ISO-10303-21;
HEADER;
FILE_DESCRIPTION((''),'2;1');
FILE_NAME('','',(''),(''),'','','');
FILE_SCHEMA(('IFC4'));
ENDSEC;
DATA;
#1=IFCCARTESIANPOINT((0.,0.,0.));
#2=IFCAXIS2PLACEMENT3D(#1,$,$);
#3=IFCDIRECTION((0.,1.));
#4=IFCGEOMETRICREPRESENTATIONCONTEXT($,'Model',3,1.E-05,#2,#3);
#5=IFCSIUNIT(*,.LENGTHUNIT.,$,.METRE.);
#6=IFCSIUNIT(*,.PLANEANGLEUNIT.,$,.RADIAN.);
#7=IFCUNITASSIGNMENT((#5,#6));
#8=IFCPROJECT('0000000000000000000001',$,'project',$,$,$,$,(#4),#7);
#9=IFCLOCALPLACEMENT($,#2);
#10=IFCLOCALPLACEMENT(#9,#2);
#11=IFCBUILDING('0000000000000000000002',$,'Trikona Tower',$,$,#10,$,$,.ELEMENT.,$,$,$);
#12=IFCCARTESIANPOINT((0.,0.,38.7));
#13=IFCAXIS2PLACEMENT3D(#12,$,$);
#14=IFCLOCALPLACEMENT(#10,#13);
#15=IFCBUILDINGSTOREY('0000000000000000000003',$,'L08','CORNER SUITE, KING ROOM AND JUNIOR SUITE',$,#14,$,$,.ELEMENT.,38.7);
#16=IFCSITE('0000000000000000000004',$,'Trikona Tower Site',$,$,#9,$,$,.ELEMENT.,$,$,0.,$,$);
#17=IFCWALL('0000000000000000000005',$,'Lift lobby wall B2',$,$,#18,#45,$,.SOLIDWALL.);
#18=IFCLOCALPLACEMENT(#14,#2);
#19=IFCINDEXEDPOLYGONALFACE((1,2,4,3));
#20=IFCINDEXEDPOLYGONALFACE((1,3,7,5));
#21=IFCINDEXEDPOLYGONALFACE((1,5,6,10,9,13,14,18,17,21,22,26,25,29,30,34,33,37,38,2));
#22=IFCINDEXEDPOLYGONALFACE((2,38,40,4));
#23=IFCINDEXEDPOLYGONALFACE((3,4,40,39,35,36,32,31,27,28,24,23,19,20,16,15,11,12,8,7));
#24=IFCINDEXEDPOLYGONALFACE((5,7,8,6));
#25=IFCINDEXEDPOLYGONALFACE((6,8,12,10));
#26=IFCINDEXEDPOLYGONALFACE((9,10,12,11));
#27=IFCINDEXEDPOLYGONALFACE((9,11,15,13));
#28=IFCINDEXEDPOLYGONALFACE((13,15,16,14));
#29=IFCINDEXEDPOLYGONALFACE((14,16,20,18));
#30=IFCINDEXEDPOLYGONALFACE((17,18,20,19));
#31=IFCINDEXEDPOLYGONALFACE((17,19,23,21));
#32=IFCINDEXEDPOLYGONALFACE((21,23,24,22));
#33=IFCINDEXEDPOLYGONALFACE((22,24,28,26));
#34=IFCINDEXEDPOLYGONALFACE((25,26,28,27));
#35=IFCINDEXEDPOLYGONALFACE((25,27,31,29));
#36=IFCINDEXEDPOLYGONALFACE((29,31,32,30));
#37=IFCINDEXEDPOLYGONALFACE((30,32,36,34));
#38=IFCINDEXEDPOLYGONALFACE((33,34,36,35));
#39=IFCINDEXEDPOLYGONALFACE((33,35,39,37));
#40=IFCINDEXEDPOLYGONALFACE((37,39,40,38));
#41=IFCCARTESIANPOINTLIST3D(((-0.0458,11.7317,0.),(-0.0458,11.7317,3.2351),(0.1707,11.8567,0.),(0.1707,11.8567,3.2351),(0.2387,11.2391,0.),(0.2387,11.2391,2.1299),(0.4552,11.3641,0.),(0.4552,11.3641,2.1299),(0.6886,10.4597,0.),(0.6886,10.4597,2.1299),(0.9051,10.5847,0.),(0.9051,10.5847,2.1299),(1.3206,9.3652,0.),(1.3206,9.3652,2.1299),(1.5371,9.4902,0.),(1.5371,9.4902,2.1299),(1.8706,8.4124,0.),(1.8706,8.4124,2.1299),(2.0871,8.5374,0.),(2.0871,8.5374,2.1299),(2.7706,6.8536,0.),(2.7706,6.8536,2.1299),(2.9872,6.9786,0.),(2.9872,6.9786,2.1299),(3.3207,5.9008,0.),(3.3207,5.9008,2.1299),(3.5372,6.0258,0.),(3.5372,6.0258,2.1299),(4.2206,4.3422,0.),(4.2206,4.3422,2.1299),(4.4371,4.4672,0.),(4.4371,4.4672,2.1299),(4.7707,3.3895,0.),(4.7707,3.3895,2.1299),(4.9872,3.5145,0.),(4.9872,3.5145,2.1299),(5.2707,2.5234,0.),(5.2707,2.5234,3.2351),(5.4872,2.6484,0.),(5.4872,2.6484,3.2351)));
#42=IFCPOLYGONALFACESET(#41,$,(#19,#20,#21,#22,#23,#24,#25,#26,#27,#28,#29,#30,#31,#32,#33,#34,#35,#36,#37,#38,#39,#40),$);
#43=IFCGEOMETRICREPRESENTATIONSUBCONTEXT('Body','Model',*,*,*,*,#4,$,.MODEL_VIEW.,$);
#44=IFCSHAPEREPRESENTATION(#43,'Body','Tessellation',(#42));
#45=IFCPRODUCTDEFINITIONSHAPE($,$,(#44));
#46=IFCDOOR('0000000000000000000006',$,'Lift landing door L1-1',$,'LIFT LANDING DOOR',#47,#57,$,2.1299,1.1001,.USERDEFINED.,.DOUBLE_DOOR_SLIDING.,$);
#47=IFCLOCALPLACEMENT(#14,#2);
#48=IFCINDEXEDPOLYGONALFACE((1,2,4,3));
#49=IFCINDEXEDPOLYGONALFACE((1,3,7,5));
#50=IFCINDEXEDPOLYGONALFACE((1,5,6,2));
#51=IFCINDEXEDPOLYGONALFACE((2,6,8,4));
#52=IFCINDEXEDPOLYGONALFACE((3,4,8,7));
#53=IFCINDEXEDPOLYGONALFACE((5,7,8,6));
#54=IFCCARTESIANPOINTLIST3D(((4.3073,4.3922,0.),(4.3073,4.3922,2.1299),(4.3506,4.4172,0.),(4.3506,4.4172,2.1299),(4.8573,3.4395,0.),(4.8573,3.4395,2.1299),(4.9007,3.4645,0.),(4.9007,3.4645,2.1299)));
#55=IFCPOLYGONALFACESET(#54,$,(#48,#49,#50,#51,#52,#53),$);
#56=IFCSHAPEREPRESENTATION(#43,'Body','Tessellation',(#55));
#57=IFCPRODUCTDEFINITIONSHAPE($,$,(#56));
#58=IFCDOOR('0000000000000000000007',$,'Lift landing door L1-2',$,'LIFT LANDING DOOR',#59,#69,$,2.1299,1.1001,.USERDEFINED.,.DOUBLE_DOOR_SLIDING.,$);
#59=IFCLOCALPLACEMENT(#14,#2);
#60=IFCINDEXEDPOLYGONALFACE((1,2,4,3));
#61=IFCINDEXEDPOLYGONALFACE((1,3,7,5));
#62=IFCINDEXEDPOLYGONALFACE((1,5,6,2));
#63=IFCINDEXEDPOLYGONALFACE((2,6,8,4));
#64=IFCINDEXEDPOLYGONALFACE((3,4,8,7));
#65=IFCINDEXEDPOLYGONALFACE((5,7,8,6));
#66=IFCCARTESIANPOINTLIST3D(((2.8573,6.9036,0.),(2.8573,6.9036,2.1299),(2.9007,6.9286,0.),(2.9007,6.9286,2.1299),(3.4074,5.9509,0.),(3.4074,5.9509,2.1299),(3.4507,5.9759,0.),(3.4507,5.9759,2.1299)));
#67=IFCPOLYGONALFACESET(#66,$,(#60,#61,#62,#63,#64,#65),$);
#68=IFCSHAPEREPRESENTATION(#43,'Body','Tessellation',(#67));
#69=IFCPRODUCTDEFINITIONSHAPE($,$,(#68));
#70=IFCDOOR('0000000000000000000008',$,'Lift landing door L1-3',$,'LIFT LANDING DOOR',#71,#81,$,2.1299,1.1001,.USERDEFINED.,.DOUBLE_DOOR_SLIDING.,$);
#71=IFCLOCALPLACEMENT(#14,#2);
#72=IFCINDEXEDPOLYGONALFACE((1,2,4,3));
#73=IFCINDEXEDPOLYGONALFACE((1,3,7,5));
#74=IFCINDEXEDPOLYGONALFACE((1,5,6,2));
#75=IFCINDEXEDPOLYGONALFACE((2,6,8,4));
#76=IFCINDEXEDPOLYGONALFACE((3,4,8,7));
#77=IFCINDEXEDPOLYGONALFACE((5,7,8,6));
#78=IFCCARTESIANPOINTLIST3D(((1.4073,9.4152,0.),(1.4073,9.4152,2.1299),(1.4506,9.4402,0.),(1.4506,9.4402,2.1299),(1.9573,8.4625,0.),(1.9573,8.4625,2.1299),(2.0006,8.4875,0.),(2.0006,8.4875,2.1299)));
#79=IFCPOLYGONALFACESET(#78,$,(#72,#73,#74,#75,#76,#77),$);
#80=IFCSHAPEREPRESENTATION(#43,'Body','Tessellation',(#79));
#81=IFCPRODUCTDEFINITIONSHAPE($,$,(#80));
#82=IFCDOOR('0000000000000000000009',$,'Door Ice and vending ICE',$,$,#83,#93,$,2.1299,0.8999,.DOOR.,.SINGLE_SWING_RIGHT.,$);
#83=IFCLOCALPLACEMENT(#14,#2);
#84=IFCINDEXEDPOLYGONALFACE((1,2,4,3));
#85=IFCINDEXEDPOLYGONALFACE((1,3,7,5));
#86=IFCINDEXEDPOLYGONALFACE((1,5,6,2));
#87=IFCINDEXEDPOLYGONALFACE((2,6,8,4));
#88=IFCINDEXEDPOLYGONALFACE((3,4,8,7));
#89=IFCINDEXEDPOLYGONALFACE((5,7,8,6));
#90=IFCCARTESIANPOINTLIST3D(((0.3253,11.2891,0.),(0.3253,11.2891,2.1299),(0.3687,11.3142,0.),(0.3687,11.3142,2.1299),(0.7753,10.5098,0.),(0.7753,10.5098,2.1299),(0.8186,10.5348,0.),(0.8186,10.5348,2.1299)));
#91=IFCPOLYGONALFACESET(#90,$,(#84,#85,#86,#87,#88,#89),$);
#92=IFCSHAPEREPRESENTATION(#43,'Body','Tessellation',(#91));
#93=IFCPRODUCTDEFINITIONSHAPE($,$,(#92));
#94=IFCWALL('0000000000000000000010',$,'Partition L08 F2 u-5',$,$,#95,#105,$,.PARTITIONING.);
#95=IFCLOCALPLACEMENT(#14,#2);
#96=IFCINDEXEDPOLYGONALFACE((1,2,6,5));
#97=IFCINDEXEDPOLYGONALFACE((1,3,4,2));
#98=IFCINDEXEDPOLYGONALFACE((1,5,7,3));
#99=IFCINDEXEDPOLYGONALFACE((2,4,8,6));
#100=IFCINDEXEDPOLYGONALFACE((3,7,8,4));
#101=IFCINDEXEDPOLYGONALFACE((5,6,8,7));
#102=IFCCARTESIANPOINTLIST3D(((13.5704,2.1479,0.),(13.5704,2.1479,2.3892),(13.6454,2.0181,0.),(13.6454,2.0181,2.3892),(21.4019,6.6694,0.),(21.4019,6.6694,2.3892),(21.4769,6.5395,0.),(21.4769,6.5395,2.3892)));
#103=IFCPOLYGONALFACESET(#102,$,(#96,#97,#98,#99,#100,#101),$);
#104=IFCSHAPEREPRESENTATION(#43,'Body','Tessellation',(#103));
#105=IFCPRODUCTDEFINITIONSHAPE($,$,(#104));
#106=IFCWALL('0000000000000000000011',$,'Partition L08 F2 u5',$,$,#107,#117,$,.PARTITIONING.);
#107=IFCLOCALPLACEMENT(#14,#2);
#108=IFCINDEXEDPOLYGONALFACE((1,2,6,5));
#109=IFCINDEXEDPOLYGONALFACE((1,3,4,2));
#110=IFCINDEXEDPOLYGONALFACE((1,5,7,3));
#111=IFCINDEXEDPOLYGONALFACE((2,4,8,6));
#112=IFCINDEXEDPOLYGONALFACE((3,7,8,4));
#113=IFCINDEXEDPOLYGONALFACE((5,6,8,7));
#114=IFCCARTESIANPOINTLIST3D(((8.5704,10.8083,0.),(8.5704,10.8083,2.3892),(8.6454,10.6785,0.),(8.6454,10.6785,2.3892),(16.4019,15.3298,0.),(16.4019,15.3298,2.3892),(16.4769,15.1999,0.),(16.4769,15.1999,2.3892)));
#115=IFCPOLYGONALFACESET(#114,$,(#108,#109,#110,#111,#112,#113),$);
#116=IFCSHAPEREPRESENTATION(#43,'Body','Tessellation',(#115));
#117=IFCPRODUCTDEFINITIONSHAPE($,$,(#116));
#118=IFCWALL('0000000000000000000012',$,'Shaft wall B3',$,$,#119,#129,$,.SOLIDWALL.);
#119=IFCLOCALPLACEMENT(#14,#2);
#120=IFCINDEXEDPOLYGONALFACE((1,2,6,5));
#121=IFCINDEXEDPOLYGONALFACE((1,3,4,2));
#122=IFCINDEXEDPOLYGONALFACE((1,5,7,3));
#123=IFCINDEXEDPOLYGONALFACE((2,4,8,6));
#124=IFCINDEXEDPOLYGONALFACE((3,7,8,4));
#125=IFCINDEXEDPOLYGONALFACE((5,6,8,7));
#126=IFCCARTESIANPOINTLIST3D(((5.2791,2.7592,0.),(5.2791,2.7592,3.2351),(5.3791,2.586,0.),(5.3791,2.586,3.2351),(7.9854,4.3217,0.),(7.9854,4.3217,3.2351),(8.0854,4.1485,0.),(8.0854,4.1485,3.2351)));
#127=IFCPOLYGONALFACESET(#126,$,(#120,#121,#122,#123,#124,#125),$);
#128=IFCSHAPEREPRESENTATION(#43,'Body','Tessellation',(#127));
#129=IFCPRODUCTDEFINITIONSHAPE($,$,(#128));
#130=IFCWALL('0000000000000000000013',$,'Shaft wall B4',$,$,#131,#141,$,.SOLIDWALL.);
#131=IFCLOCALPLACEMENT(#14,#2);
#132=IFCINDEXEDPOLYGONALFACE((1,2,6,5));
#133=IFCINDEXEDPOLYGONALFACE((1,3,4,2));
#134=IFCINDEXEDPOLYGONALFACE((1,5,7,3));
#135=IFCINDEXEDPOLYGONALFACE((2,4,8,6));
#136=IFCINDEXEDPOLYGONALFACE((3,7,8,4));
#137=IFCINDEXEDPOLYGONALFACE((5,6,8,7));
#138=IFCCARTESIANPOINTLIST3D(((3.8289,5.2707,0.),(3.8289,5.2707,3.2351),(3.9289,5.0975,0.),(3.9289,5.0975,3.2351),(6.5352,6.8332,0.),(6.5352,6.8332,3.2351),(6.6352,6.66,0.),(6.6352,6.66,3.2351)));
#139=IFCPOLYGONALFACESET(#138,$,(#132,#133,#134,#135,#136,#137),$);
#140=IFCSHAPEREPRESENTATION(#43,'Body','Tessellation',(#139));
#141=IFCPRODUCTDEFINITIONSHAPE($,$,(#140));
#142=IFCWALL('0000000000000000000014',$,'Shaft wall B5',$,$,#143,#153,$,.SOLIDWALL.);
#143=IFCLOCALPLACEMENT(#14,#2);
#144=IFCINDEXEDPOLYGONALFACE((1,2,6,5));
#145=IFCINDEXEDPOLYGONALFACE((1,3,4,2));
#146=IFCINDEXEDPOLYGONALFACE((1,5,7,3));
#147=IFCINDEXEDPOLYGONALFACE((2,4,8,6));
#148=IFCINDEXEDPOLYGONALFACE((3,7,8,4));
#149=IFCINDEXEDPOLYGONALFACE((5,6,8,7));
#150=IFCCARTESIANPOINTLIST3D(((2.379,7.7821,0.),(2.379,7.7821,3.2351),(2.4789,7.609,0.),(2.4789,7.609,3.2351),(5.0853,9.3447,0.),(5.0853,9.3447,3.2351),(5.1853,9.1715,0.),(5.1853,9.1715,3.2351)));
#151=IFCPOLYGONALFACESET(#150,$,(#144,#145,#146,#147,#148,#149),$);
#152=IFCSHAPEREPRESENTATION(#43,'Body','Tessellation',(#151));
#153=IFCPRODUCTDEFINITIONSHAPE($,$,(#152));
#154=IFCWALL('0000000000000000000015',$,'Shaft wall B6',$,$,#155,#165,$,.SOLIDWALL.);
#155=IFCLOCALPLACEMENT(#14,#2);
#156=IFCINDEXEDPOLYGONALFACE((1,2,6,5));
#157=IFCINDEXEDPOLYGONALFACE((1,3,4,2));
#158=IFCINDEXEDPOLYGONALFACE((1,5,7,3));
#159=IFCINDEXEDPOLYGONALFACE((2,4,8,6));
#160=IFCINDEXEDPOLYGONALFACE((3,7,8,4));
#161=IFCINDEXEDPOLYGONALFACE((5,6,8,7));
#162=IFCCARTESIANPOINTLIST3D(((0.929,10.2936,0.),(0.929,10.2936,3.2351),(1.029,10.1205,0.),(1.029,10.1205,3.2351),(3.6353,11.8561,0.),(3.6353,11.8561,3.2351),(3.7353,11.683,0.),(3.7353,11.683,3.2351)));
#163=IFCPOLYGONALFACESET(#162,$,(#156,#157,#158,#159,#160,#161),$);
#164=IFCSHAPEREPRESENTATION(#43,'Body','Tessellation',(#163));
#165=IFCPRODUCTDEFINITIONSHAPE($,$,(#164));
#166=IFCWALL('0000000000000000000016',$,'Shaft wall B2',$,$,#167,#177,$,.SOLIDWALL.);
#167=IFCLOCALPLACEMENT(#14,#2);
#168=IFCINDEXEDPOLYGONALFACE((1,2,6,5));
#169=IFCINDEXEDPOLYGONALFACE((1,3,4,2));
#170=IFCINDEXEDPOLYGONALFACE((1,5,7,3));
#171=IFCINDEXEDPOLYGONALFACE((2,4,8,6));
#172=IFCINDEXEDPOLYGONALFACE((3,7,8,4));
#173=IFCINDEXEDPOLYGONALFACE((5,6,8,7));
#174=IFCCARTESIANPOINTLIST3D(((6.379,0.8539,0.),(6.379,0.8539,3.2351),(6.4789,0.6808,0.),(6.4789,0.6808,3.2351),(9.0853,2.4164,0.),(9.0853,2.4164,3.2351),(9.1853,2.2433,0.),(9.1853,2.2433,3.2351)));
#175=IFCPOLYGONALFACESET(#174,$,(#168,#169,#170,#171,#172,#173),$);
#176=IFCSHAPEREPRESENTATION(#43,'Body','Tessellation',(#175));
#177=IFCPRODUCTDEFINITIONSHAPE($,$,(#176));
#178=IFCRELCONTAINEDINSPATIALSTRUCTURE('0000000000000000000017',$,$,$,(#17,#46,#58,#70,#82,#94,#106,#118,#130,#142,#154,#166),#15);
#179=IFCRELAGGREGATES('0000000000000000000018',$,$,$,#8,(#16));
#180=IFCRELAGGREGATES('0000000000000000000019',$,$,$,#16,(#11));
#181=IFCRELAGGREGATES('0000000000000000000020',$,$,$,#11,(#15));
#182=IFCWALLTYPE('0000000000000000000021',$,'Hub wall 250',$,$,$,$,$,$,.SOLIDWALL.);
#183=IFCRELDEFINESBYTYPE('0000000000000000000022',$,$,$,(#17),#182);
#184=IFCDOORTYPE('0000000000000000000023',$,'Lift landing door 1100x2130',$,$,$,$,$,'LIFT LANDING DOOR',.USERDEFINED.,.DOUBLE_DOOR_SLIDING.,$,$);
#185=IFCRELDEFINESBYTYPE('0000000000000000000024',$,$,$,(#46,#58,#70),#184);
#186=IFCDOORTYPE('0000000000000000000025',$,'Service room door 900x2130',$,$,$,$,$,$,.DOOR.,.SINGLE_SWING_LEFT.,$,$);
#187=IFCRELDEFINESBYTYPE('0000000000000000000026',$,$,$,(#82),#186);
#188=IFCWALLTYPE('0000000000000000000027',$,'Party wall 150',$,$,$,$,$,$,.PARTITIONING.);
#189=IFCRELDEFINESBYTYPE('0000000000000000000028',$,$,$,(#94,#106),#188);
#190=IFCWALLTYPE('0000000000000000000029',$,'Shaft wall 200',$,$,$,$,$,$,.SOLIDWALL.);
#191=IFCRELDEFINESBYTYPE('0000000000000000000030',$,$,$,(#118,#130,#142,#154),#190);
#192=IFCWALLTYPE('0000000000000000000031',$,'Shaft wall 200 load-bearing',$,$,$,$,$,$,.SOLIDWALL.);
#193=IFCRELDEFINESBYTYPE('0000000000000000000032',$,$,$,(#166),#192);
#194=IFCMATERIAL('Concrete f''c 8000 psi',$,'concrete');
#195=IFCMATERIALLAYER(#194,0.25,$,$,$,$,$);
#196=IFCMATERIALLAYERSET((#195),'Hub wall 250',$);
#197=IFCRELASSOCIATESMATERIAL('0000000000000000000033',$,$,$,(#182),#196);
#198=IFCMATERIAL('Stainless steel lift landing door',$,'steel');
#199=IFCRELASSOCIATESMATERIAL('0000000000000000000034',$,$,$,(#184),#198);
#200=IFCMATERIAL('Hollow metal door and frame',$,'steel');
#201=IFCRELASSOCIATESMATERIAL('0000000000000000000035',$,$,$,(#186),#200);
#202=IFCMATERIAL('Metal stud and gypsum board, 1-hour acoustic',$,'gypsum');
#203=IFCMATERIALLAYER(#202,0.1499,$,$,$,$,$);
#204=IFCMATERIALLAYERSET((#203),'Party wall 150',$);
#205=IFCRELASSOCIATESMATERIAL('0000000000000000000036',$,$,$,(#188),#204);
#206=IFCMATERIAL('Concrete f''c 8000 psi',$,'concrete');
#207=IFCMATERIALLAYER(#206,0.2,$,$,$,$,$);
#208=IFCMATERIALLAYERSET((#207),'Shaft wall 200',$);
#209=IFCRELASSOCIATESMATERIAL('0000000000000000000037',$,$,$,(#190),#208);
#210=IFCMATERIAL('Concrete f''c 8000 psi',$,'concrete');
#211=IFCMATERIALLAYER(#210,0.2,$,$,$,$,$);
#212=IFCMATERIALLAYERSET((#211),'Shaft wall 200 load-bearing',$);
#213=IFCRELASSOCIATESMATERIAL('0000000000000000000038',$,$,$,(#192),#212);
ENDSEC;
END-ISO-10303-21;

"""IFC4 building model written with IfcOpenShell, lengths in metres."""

from ifc_helpers import new_model, si_unit, direction, frame, frame_2d, origin, place, context, subcontext, project, spatial, rectangle, extrude, material, layer, layer_set, type_object, element, fill, save


model = new_model("IFC4")

# Units and contexts
model_context = context("Model", 3, precision=1e-05, world=origin(), true_north=direction((0.0, 1.0)))
body_context = subcontext(model_context, "Body", "Model", "MODEL_VIEW")
ifc_project = project(units=[si_unit("LENGTHUNIT", "METRE"), si_unit("PLANEANGLEUNIT", "RADIAN")], contexts=[model_context])

# Site, building, storey
site_placement = place(None, origin())
site = spatial("IfcSite", under=ifc_project, at=site_placement, Name="Trikona Tower Site", CompositionType="ELEMENT", RefElevation=0.0)
building_placement = place(site_placement, origin())
building = spatial("IfcBuilding", under=site, at=building_placement, Name="Trikona Tower", CompositionType="ELEMENT")
storey_placement = place(building_placement, frame((0.0, 0.0, 38.7)))
storey = spatial("IfcBuildingStorey", under=building, at=storey_placement, Name="L08", Description="CORNER SUITE, KING ROOM AND JUNIOR SUITE", CompositionType="ELEMENT", Elevation=38.7)

# Wall, openings, doors
ifc_material_1 = material(Name="Concrete f'c 8000 psi", Category="concrete")
ifc_layer_1 = layer(ifc_material_1, 0.25)
ifc_layer_set_1 = layer_set([ifc_layer_1], Name="Hub wall 250")
wall_type_1 = type_object("IfcWallType", Name="Hub wall 250", PredefinedType="SOLIDWALL", material=ifc_layer_set_1)
wall_1_placement = place(storey_placement, frame((5.3789, 2.5859, 0.0), z_axis=(0.0, 0.0, 1.0), x_axis=(-0.500001, 0.866025, 0.0)))
wall_1 = element("IfcWall", 1, at=wall_1_placement, inside=storey, type_object=wall_type_1, Name="Lift lobby wall B2", PredefinedType="SOLIDWALL", context=body_context, shape_type="SweptSolid", body=[
    extrude(rectangle(XDim=10.6328, YDim=0.25, at=frame_2d((5.3164, 0.0))), origin(), (0.0, 0.0, 1.0), 3.2351),
])
opening_1_placement = place(wall_1_placement, frame((9.1641, 0.0, 0.0)))
opening_1 = element("IfcOpeningElement", 2, at=opening_1_placement, cuts=wall_1, PredefinedType="OPENING", context=body_context, shape_type="SweptSolid", body=[
    extrude(rectangle(XDim=0.8999, YDim=2.1299, at=frame_2d((0.45, 1.0649))), frame((0.0, 0.135, 0.0), z_axis=(0.0, -1.0, 0.0), x_axis=(1.0, 0.0, 0.0)), (0.0, 0.0, 1.0), 0.27),
])
opening_2_placement = place(wall_1_placement, frame((1.0, 0.0, 0.0)))
opening_2 = element("IfcOpeningElement", 3, at=opening_2_placement, cuts=wall_1, PredefinedType="OPENING", context=body_context, shape_type="SweptSolid", body=[
    extrude(rectangle(XDim=1.1001, YDim=2.1299, at=frame_2d((0.55, 1.0649))), frame((0.0, 0.135, 0.0), z_axis=(0.0, -1.0, 0.0), x_axis=(1.0, 0.0, 0.0)), (0.0, 0.0, 1.0), 0.27),
])
opening_3_placement = place(wall_1_placement, frame((3.8999, 0.0, 0.0)))
opening_3 = element("IfcOpeningElement", 4, at=opening_3_placement, cuts=wall_1, PredefinedType="OPENING", context=body_context, shape_type="SweptSolid", body=[
    extrude(rectangle(XDim=1.1001, YDim=2.1299, at=frame_2d((0.55, 1.0649))), frame((0.0, 0.135, 0.0), z_axis=(0.0, -1.0, 0.0), x_axis=(1.0, 0.0, 0.0)), (0.0, 0.0, 1.0), 0.27),
])
opening_4_placement = place(wall_1_placement, frame((6.8, 0.0, 0.0)))
opening_4 = element("IfcOpeningElement", 5, at=opening_4_placement, cuts=wall_1, PredefinedType="OPENING", context=body_context, shape_type="SweptSolid", body=[
    extrude(rectangle(XDim=1.1001, YDim=2.1299, at=frame_2d((0.55, 1.0649))), frame((0.0, 0.135, 0.0), z_axis=(0.0, -1.0, 0.0), x_axis=(1.0, 0.0, 0.0)), (0.0, 0.0, 1.0), 0.27),
])
ifc_material_2 = material(Name="Stainless steel lift landing door", Category="steel")
door_type_1 = type_object("IfcDoorType", Name="Lift landing door 1100x2130", ElementType="LIFT LANDING DOOR", OperationType="DOUBLE_DOOR_SLIDING", PredefinedType="USERDEFINED", material=ifc_material_2)
door_1_placement = place(opening_2_placement, origin())
door_1 = element("IfcDoor", 6, at=door_1_placement, inside=storey, type_object=door_type_1, Name="Lift landing door L1-1", ObjectType="LIFT LANDING DOOR", OperationType="DOUBLE_DOOR_SLIDING", OverallHeight=2.1299, OverallWidth=1.1001, PredefinedType="USERDEFINED", context=body_context, shape_type="SweptSolid", body=[
    extrude(rectangle(XDim=1.1001, YDim=2.1299, at=frame_2d((0.55, 1.0649))), frame((0.0, 0.0249, 0.0), z_axis=(0.0, -1.0, 0.0), x_axis=(1.0, 0.0, 0.0)), (0.0, 0.0, 1.0), 0.05),
])
fill(opening_2, door_1)
door_2_placement = place(opening_3_placement, origin())
door_2 = element("IfcDoor", 7, at=door_2_placement, inside=storey, type_object=door_type_1, Name="Lift landing door L1-2", ObjectType="LIFT LANDING DOOR", OperationType="DOUBLE_DOOR_SLIDING", OverallHeight=2.1299, OverallWidth=1.1001, PredefinedType="USERDEFINED", context=body_context, shape_type="SweptSolid", body=[
    extrude(rectangle(XDim=1.1001, YDim=2.1299, at=frame_2d((0.55, 1.0649))), frame((0.0, 0.0249, 0.0), z_axis=(0.0, -1.0, 0.0), x_axis=(1.0, 0.0, 0.0)), (0.0, 0.0, 1.0), 0.05),
])
fill(opening_3, door_2)
door_3_placement = place(opening_4_placement, origin())
door_3 = element("IfcDoor", 8, at=door_3_placement, inside=storey, type_object=door_type_1, Name="Lift landing door L1-3", ObjectType="LIFT LANDING DOOR", OperationType="DOUBLE_DOOR_SLIDING", OverallHeight=2.1299, OverallWidth=1.1001, PredefinedType="USERDEFINED", context=body_context, shape_type="SweptSolid", body=[
    extrude(rectangle(XDim=1.1001, YDim=2.1299, at=frame_2d((0.55, 1.0649))), frame((0.0, 0.0249, 0.0), z_axis=(0.0, -1.0, 0.0), x_axis=(1.0, 0.0, 0.0)), (0.0, 0.0, 1.0), 0.05),
])
fill(opening_4, door_3)
ifc_material_3 = material(Name="Hollow metal door and frame", Category="steel")
door_type_2 = type_object("IfcDoorType", Name="Service room door 900x2130", OperationType="SINGLE_SWING_LEFT", PredefinedType="DOOR", material=ifc_material_3)
door_4_placement = place(opening_1_placement, origin())
door_4 = element("IfcDoor", 9, at=door_4_placement, inside=storey, type_object=door_type_2, Name="Door Ice and vending ICE", OperationType="SINGLE_SWING_RIGHT", OverallHeight=2.1299, OverallWidth=0.8999, PredefinedType="DOOR", context=body_context, shape_type="SweptSolid", body=[
    extrude(rectangle(XDim=0.8999, YDim=2.1299, at=frame_2d((0.45, 1.0649))), frame((0.0, 0.0249, 0.0), z_axis=(0.0, -1.0, 0.0), x_axis=(1.0, 0.0, 0.0)), (0.0, 0.0, 1.0), 0.05),
])
fill(opening_1, door_4)

# Walls
ifc_material_4 = material(Name="Metal stud and gypsum board, 1-hour acoustic", Category="gypsum")
ifc_layer_2 = layer(ifc_material_4, 0.1499)
ifc_layer_set_2 = layer_set([ifc_layer_2], Name="Party wall 150")
wall_type_2 = type_object("IfcWallType", Name="Party wall 150", PredefinedType="PARTITIONING", material=ifc_layer_set_2)
for number, where, z_axis, x_axis, name in (
    (10, (13.6079, 2.083, 0.0), (0.0, 0.0, 1.0), (0.866028, 0.499995, 0.0), "Partition L08 F2 u-5"),
    (11, (8.6079, 10.7434, 0.0), (0.0, 0.0, 1.0), (0.866028, 0.499995, 0.0), "Partition L08 F2 u5"),
):
    element("IfcWall", number, at=place(storey_placement, frame(where, z_axis=z_axis, x_axis=x_axis)), inside=storey, type_object=wall_type_2, Name=name, PredefinedType="PARTITIONING", context=body_context, shape_type="SweptSolid", body=[
        extrude(rectangle(XDim=9.043, YDim=0.1499, at=frame_2d((4.5215, 0.0))), origin(), (0.0, 0.0, 1.0), 2.3892),
    ])
ifc_material_5 = material(Name="Concrete f'c 8000 psi", Category="concrete")
ifc_layer_3 = layer(ifc_material_5, 0.2)
ifc_layer_set_3 = layer_set([ifc_layer_3], Name="Shaft wall 200")
wall_type_3 = type_object("IfcWallType", Name="Shaft wall 200", PredefinedType="SOLIDWALL", material=ifc_layer_set_3)
for number, where, z_axis, x_axis, name in (
    (12, (5.3291, 2.6726, 0.0), (0.0, 0.0, 1.0), (0.866023, 0.500004, 0.0), "Shaft wall B3"),
    (13, (3.8789, 5.1841, 0.0), (0.0, 0.0, 1.0), (0.866023, 0.500004, 0.0), "Shaft wall B4"),
    (14, (2.429, 7.6956, 0.0), (0.0, 0.0, 1.0), (0.866023, 0.500004, 0.0), "Shaft wall B5"),
    (15, (0.979, 10.207, 0.0), (0.0, 0.0, 1.0), (0.866023, 0.500004, 0.0), "Shaft wall B6"),
):
    element("IfcWall", number, at=place(storey_placement, frame(where, z_axis=z_axis, x_axis=x_axis)), inside=storey, type_object=wall_type_3, Name=name, PredefinedType="SOLIDWALL", context=body_context, shape_type="SweptSolid", body=[
        extrude(rectangle(XDim=3.125, YDim=0.2, at=frame_2d((1.5625, 0.0))), origin(), (0.0, 0.0, 1.0), 3.2351),
    ])
ifc_material_6 = material(Name="Concrete f'c 8000 psi", Category="concrete")
ifc_layer_4 = layer(ifc_material_6, 0.2)
ifc_layer_set_4 = layer_set([ifc_layer_4], Name="Shaft wall 200 load-bearing")
wall_type_4 = type_object("IfcWallType", Name="Shaft wall 200 load-bearing", PredefinedType="SOLIDWALL", material=ifc_layer_set_4)
wall_2_placement = place(storey_placement, frame((6.429, 0.7673, 0.0), z_axis=(0.0, 0.0, 1.0), x_axis=(0.866023, 0.500004, 0.0)))
element("IfcWall", 16, at=wall_2_placement, inside=storey, type_object=wall_type_4, Name="Shaft wall B2", PredefinedType="SOLIDWALL", context=body_context, shape_type="SweptSolid", body=[
    extrude(rectangle(XDim=3.125, YDim=0.2, at=frame_2d((1.5625, 0.0))), origin(), (0.0, 0.0, 1.0), 3.2351),
])

save(model, "model.ifc")
